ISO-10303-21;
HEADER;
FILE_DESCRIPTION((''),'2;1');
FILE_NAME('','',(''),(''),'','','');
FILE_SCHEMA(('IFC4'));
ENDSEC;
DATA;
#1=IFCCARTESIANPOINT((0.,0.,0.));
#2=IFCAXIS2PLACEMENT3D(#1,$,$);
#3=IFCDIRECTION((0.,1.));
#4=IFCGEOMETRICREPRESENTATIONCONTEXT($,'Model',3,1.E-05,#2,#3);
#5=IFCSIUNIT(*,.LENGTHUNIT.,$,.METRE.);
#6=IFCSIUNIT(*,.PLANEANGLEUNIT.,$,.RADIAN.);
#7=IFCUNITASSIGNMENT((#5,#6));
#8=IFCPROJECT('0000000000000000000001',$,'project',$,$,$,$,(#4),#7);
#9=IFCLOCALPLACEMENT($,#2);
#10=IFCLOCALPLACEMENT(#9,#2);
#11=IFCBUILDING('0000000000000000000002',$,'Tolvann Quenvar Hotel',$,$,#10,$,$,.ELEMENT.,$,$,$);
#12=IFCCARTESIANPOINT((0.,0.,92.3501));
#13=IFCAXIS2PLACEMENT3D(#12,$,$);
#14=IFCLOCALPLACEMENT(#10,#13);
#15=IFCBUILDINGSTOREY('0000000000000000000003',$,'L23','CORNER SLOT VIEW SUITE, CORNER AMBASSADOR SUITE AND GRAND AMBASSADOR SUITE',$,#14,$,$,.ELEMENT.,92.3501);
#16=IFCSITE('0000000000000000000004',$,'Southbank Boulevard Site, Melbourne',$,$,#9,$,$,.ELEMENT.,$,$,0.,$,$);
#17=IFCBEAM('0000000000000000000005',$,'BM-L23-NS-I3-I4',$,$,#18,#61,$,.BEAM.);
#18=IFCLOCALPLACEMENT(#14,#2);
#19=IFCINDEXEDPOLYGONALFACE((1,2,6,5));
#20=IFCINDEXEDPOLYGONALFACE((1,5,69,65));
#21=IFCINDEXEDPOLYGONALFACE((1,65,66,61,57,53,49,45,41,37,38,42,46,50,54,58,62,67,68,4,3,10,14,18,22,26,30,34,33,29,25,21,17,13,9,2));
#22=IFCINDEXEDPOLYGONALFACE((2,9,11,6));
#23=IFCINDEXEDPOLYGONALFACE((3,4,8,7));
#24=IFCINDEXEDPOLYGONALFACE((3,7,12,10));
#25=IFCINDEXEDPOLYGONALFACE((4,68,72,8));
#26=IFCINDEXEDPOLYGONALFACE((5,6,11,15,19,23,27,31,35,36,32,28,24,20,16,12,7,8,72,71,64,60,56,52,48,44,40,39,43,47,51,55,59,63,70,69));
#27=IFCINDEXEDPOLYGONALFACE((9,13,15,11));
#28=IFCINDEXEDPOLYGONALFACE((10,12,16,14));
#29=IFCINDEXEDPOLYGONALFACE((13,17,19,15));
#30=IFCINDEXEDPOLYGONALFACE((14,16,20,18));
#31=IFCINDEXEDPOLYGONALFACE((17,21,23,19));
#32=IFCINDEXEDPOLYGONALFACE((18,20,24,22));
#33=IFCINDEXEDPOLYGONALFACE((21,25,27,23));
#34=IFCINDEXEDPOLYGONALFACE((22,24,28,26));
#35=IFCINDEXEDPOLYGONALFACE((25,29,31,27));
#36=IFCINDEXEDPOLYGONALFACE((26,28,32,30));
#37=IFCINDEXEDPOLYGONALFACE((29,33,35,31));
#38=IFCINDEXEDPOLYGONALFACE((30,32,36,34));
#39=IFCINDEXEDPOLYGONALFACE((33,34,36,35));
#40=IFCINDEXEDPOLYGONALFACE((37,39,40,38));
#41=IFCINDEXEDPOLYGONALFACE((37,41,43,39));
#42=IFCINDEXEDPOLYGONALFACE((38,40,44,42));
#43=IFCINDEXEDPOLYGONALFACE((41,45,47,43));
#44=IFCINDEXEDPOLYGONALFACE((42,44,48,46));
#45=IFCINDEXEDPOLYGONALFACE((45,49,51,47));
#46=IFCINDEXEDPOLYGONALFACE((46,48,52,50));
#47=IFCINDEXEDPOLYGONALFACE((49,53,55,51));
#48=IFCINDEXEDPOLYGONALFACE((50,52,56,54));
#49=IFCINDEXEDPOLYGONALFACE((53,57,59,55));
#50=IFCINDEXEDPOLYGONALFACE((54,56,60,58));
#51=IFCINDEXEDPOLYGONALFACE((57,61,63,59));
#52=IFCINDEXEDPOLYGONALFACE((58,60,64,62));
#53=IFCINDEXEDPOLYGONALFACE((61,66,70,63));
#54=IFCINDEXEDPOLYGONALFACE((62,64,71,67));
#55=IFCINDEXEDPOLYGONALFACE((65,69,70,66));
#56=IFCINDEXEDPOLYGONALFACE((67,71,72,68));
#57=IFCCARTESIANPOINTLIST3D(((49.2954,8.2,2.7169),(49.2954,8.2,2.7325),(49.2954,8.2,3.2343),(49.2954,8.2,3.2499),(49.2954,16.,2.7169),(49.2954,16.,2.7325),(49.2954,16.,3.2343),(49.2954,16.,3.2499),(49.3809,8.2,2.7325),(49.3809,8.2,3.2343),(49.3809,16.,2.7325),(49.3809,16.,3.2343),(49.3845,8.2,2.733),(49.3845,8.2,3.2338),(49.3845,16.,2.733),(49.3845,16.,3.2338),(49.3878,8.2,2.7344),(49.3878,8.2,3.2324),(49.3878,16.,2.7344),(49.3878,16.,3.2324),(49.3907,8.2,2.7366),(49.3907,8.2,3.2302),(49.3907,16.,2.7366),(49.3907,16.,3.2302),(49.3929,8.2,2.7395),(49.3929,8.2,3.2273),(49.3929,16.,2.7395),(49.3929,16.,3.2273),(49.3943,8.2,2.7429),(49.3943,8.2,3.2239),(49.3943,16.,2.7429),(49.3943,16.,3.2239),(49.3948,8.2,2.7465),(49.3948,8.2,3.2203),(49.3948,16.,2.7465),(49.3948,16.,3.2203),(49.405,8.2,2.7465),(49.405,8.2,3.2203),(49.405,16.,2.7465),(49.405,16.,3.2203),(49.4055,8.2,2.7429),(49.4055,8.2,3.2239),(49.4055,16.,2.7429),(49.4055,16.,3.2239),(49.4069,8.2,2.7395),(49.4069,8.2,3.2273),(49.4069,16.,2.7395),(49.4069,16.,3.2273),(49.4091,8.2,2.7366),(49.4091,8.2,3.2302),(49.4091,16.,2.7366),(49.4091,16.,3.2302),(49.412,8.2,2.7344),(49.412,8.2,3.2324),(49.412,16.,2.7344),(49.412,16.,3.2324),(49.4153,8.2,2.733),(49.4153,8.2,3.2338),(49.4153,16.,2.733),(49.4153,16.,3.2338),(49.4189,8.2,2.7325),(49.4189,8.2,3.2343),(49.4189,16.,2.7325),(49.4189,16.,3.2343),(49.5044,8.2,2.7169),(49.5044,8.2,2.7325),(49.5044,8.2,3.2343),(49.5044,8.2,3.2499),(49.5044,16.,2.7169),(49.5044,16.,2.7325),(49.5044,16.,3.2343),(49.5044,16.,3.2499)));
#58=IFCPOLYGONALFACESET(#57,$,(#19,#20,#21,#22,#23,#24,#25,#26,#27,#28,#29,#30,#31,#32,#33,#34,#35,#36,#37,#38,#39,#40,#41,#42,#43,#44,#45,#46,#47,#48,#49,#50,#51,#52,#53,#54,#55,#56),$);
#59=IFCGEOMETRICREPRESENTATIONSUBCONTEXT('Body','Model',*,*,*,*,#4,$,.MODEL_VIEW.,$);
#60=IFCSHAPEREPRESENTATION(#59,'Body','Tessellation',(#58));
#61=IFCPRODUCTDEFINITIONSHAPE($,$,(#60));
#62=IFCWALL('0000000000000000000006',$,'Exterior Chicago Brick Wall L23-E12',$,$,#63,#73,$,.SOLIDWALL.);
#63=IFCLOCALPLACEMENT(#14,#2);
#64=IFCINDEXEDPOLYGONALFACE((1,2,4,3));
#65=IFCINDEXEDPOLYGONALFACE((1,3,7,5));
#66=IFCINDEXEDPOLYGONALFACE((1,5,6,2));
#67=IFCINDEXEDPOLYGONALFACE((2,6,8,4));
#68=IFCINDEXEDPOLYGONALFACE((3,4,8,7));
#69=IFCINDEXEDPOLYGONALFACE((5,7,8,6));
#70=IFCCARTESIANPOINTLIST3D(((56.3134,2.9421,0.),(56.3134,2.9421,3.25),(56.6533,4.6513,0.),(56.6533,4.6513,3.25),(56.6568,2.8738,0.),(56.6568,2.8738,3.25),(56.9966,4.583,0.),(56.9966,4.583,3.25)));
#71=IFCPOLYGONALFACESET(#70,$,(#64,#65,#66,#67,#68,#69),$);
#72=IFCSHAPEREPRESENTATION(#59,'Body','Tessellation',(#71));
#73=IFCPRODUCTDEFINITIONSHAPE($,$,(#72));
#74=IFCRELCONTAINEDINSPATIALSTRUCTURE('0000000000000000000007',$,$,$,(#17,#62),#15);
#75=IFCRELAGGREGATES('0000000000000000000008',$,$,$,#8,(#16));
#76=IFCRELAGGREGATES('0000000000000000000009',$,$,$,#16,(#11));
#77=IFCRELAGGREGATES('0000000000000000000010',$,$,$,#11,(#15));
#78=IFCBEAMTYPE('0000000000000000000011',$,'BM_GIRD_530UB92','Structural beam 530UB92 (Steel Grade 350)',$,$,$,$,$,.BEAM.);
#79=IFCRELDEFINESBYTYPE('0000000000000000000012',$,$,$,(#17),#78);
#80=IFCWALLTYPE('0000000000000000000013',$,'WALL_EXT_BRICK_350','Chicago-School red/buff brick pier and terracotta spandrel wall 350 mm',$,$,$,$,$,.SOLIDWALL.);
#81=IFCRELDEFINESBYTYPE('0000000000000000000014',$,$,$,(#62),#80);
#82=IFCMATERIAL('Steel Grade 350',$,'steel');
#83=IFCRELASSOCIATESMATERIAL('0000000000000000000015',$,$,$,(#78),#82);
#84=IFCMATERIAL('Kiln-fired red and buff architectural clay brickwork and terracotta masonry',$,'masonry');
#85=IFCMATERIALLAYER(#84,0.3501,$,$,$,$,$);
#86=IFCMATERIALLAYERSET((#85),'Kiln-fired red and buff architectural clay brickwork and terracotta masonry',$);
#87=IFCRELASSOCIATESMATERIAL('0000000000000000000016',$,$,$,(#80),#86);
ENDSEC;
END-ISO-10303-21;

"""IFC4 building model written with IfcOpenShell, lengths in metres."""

from ifc_helpers import new_model, si_unit, direction, frame, frame_2d, origin, origin_2d, place, context, subcontext, project, spatial, rectangle, i_section, extrude, source, transform, mapped, material, layer, layer_set, material_profile, profile_set, type_object, type_shapes, element, save


model = new_model("IFC4")

# Units and contexts
model_context = context("Model", 3, precision=1e-05, world=origin(), true_north=direction((0.0, 1.0)))
body_context = subcontext(model_context, "Body", "Model", "MODEL_VIEW")
ifc_project = project(units=[si_unit("LENGTHUNIT", "METRE"), si_unit("PLANEANGLEUNIT", "RADIAN")], contexts=[model_context])

# Site, building, storey
site_placement = place(None, origin())
site = spatial("IfcSite", under=ifc_project, at=site_placement, Name="Southbank Boulevard Site, Melbourne", CompositionType="ELEMENT", RefElevation=0.0)
building_placement = place(site_placement, origin())
building = spatial("IfcBuilding", under=site, at=building_placement, Name="Tolvann Quenvar Hotel", CompositionType="ELEMENT")
storey_placement = place(building_placement, frame((0.0, 0.0, 92.3501)))
storey = spatial("IfcBuildingStorey", under=building, at=storey_placement, Name="L23", Description="CORNER SLOT VIEW SUITE, CORNER AMBASSADOR SUITE AND GRAND AMBASSADOR SUITE", CompositionType="ELEMENT", Elevation=92.3501)

# Shared definitions
ifc_material_1 = material(Name="Steel Grade 350", Category="steel")

# Beam
ifc_material_profile_1 = material_profile(ifc_material_1, i_section(OverallWidth=0.209, OverallDepth=0.533, WebThickness=0.0103, FlangeThickness=0.0156, FilletRadius=0.0139, at=origin_2d()), Name="530UB92")
ifc_profile_set_1 = profile_set([ifc_material_profile_1], Name="Steel Grade 350")
beam_type_1 = type_object("IfcBeamType", Name="BM_GIRD_530UB92", Description="Structural beam 530UB92 (Steel Grade 350)", PredefinedType="BEAM", material=ifc_profile_set_1)
shared_shape_1 = source(origin(), body_context, "Body", "SweptSolid", [
    extrude(i_section(OverallWidth=0.209, OverallDepth=0.533, WebThickness=0.0103, FlangeThickness=0.0156, FilletRadius=0.0139, at=origin_2d()), origin(), (0.0, 0.0, 1.0), 7.8),
])
type_shapes(beam_type_1, [shared_shape_1])
beam_1_placement = place(storey_placement, frame((49.3999, 8.2, 2.9834), z_axis=(0.0, 1.0, 0.0), x_axis=(-1.0, 0.0, 0.0)))
element("IfcBeam", 1, at=beam_1_placement, inside=storey, type_object=beam_type_1, Name="BM-L23-NS-I3-I4", PredefinedType="BEAM", context=body_context, shape_type="MappedRepresentation", body=[
    mapped(shared_shape_1, transform((0.0, 0.0, 0.0), x_axis=(1.0, 0.0, 0.0), y_axis=(0.0, 1.0, 0.0), z_axis=(0.0, 0.0, 1.0), scale=1.0)),
])

# Wall
ifc_material_2 = material(Name="Kiln-fired red and buff architectural clay brickwork and terracotta masonry", Category="masonry")
ifc_layer_1 = layer(ifc_material_2, 0.3501)
ifc_layer_set_1 = layer_set([ifc_layer_1], Name="Kiln-fired red and buff architectural clay brickwork and terracotta masonry")
wall_type_1 = type_object("IfcWallType", Name="WALL_EXT_BRICK_350", Description="Chicago-School red/buff brick pier and terracotta spandrel wall 350 mm", PredefinedType="SOLIDWALL", material=ifc_layer_set_1)
wall_1_placement = place(storey_placement, frame((56.4851, 2.908, 0.0), z_axis=(0.0, 0.0, 1.0), x_axis=(0.195011, 0.980801, 0.0)))
element("IfcWall", 2, at=wall_1_placement, inside=storey, type_object=wall_type_1, Name="Exterior Chicago Brick Wall L23-E12", PredefinedType="SOLIDWALL", context=body_context, shape_type="SweptSolid", body=[
    extrude(rectangle(XDim=1.7427, YDim=0.3501, at=frame_2d((0.8713, 0.0))), origin(), (0.0, 0.0, 1.0), 3.25),
])

save(model, "model.ifc")
